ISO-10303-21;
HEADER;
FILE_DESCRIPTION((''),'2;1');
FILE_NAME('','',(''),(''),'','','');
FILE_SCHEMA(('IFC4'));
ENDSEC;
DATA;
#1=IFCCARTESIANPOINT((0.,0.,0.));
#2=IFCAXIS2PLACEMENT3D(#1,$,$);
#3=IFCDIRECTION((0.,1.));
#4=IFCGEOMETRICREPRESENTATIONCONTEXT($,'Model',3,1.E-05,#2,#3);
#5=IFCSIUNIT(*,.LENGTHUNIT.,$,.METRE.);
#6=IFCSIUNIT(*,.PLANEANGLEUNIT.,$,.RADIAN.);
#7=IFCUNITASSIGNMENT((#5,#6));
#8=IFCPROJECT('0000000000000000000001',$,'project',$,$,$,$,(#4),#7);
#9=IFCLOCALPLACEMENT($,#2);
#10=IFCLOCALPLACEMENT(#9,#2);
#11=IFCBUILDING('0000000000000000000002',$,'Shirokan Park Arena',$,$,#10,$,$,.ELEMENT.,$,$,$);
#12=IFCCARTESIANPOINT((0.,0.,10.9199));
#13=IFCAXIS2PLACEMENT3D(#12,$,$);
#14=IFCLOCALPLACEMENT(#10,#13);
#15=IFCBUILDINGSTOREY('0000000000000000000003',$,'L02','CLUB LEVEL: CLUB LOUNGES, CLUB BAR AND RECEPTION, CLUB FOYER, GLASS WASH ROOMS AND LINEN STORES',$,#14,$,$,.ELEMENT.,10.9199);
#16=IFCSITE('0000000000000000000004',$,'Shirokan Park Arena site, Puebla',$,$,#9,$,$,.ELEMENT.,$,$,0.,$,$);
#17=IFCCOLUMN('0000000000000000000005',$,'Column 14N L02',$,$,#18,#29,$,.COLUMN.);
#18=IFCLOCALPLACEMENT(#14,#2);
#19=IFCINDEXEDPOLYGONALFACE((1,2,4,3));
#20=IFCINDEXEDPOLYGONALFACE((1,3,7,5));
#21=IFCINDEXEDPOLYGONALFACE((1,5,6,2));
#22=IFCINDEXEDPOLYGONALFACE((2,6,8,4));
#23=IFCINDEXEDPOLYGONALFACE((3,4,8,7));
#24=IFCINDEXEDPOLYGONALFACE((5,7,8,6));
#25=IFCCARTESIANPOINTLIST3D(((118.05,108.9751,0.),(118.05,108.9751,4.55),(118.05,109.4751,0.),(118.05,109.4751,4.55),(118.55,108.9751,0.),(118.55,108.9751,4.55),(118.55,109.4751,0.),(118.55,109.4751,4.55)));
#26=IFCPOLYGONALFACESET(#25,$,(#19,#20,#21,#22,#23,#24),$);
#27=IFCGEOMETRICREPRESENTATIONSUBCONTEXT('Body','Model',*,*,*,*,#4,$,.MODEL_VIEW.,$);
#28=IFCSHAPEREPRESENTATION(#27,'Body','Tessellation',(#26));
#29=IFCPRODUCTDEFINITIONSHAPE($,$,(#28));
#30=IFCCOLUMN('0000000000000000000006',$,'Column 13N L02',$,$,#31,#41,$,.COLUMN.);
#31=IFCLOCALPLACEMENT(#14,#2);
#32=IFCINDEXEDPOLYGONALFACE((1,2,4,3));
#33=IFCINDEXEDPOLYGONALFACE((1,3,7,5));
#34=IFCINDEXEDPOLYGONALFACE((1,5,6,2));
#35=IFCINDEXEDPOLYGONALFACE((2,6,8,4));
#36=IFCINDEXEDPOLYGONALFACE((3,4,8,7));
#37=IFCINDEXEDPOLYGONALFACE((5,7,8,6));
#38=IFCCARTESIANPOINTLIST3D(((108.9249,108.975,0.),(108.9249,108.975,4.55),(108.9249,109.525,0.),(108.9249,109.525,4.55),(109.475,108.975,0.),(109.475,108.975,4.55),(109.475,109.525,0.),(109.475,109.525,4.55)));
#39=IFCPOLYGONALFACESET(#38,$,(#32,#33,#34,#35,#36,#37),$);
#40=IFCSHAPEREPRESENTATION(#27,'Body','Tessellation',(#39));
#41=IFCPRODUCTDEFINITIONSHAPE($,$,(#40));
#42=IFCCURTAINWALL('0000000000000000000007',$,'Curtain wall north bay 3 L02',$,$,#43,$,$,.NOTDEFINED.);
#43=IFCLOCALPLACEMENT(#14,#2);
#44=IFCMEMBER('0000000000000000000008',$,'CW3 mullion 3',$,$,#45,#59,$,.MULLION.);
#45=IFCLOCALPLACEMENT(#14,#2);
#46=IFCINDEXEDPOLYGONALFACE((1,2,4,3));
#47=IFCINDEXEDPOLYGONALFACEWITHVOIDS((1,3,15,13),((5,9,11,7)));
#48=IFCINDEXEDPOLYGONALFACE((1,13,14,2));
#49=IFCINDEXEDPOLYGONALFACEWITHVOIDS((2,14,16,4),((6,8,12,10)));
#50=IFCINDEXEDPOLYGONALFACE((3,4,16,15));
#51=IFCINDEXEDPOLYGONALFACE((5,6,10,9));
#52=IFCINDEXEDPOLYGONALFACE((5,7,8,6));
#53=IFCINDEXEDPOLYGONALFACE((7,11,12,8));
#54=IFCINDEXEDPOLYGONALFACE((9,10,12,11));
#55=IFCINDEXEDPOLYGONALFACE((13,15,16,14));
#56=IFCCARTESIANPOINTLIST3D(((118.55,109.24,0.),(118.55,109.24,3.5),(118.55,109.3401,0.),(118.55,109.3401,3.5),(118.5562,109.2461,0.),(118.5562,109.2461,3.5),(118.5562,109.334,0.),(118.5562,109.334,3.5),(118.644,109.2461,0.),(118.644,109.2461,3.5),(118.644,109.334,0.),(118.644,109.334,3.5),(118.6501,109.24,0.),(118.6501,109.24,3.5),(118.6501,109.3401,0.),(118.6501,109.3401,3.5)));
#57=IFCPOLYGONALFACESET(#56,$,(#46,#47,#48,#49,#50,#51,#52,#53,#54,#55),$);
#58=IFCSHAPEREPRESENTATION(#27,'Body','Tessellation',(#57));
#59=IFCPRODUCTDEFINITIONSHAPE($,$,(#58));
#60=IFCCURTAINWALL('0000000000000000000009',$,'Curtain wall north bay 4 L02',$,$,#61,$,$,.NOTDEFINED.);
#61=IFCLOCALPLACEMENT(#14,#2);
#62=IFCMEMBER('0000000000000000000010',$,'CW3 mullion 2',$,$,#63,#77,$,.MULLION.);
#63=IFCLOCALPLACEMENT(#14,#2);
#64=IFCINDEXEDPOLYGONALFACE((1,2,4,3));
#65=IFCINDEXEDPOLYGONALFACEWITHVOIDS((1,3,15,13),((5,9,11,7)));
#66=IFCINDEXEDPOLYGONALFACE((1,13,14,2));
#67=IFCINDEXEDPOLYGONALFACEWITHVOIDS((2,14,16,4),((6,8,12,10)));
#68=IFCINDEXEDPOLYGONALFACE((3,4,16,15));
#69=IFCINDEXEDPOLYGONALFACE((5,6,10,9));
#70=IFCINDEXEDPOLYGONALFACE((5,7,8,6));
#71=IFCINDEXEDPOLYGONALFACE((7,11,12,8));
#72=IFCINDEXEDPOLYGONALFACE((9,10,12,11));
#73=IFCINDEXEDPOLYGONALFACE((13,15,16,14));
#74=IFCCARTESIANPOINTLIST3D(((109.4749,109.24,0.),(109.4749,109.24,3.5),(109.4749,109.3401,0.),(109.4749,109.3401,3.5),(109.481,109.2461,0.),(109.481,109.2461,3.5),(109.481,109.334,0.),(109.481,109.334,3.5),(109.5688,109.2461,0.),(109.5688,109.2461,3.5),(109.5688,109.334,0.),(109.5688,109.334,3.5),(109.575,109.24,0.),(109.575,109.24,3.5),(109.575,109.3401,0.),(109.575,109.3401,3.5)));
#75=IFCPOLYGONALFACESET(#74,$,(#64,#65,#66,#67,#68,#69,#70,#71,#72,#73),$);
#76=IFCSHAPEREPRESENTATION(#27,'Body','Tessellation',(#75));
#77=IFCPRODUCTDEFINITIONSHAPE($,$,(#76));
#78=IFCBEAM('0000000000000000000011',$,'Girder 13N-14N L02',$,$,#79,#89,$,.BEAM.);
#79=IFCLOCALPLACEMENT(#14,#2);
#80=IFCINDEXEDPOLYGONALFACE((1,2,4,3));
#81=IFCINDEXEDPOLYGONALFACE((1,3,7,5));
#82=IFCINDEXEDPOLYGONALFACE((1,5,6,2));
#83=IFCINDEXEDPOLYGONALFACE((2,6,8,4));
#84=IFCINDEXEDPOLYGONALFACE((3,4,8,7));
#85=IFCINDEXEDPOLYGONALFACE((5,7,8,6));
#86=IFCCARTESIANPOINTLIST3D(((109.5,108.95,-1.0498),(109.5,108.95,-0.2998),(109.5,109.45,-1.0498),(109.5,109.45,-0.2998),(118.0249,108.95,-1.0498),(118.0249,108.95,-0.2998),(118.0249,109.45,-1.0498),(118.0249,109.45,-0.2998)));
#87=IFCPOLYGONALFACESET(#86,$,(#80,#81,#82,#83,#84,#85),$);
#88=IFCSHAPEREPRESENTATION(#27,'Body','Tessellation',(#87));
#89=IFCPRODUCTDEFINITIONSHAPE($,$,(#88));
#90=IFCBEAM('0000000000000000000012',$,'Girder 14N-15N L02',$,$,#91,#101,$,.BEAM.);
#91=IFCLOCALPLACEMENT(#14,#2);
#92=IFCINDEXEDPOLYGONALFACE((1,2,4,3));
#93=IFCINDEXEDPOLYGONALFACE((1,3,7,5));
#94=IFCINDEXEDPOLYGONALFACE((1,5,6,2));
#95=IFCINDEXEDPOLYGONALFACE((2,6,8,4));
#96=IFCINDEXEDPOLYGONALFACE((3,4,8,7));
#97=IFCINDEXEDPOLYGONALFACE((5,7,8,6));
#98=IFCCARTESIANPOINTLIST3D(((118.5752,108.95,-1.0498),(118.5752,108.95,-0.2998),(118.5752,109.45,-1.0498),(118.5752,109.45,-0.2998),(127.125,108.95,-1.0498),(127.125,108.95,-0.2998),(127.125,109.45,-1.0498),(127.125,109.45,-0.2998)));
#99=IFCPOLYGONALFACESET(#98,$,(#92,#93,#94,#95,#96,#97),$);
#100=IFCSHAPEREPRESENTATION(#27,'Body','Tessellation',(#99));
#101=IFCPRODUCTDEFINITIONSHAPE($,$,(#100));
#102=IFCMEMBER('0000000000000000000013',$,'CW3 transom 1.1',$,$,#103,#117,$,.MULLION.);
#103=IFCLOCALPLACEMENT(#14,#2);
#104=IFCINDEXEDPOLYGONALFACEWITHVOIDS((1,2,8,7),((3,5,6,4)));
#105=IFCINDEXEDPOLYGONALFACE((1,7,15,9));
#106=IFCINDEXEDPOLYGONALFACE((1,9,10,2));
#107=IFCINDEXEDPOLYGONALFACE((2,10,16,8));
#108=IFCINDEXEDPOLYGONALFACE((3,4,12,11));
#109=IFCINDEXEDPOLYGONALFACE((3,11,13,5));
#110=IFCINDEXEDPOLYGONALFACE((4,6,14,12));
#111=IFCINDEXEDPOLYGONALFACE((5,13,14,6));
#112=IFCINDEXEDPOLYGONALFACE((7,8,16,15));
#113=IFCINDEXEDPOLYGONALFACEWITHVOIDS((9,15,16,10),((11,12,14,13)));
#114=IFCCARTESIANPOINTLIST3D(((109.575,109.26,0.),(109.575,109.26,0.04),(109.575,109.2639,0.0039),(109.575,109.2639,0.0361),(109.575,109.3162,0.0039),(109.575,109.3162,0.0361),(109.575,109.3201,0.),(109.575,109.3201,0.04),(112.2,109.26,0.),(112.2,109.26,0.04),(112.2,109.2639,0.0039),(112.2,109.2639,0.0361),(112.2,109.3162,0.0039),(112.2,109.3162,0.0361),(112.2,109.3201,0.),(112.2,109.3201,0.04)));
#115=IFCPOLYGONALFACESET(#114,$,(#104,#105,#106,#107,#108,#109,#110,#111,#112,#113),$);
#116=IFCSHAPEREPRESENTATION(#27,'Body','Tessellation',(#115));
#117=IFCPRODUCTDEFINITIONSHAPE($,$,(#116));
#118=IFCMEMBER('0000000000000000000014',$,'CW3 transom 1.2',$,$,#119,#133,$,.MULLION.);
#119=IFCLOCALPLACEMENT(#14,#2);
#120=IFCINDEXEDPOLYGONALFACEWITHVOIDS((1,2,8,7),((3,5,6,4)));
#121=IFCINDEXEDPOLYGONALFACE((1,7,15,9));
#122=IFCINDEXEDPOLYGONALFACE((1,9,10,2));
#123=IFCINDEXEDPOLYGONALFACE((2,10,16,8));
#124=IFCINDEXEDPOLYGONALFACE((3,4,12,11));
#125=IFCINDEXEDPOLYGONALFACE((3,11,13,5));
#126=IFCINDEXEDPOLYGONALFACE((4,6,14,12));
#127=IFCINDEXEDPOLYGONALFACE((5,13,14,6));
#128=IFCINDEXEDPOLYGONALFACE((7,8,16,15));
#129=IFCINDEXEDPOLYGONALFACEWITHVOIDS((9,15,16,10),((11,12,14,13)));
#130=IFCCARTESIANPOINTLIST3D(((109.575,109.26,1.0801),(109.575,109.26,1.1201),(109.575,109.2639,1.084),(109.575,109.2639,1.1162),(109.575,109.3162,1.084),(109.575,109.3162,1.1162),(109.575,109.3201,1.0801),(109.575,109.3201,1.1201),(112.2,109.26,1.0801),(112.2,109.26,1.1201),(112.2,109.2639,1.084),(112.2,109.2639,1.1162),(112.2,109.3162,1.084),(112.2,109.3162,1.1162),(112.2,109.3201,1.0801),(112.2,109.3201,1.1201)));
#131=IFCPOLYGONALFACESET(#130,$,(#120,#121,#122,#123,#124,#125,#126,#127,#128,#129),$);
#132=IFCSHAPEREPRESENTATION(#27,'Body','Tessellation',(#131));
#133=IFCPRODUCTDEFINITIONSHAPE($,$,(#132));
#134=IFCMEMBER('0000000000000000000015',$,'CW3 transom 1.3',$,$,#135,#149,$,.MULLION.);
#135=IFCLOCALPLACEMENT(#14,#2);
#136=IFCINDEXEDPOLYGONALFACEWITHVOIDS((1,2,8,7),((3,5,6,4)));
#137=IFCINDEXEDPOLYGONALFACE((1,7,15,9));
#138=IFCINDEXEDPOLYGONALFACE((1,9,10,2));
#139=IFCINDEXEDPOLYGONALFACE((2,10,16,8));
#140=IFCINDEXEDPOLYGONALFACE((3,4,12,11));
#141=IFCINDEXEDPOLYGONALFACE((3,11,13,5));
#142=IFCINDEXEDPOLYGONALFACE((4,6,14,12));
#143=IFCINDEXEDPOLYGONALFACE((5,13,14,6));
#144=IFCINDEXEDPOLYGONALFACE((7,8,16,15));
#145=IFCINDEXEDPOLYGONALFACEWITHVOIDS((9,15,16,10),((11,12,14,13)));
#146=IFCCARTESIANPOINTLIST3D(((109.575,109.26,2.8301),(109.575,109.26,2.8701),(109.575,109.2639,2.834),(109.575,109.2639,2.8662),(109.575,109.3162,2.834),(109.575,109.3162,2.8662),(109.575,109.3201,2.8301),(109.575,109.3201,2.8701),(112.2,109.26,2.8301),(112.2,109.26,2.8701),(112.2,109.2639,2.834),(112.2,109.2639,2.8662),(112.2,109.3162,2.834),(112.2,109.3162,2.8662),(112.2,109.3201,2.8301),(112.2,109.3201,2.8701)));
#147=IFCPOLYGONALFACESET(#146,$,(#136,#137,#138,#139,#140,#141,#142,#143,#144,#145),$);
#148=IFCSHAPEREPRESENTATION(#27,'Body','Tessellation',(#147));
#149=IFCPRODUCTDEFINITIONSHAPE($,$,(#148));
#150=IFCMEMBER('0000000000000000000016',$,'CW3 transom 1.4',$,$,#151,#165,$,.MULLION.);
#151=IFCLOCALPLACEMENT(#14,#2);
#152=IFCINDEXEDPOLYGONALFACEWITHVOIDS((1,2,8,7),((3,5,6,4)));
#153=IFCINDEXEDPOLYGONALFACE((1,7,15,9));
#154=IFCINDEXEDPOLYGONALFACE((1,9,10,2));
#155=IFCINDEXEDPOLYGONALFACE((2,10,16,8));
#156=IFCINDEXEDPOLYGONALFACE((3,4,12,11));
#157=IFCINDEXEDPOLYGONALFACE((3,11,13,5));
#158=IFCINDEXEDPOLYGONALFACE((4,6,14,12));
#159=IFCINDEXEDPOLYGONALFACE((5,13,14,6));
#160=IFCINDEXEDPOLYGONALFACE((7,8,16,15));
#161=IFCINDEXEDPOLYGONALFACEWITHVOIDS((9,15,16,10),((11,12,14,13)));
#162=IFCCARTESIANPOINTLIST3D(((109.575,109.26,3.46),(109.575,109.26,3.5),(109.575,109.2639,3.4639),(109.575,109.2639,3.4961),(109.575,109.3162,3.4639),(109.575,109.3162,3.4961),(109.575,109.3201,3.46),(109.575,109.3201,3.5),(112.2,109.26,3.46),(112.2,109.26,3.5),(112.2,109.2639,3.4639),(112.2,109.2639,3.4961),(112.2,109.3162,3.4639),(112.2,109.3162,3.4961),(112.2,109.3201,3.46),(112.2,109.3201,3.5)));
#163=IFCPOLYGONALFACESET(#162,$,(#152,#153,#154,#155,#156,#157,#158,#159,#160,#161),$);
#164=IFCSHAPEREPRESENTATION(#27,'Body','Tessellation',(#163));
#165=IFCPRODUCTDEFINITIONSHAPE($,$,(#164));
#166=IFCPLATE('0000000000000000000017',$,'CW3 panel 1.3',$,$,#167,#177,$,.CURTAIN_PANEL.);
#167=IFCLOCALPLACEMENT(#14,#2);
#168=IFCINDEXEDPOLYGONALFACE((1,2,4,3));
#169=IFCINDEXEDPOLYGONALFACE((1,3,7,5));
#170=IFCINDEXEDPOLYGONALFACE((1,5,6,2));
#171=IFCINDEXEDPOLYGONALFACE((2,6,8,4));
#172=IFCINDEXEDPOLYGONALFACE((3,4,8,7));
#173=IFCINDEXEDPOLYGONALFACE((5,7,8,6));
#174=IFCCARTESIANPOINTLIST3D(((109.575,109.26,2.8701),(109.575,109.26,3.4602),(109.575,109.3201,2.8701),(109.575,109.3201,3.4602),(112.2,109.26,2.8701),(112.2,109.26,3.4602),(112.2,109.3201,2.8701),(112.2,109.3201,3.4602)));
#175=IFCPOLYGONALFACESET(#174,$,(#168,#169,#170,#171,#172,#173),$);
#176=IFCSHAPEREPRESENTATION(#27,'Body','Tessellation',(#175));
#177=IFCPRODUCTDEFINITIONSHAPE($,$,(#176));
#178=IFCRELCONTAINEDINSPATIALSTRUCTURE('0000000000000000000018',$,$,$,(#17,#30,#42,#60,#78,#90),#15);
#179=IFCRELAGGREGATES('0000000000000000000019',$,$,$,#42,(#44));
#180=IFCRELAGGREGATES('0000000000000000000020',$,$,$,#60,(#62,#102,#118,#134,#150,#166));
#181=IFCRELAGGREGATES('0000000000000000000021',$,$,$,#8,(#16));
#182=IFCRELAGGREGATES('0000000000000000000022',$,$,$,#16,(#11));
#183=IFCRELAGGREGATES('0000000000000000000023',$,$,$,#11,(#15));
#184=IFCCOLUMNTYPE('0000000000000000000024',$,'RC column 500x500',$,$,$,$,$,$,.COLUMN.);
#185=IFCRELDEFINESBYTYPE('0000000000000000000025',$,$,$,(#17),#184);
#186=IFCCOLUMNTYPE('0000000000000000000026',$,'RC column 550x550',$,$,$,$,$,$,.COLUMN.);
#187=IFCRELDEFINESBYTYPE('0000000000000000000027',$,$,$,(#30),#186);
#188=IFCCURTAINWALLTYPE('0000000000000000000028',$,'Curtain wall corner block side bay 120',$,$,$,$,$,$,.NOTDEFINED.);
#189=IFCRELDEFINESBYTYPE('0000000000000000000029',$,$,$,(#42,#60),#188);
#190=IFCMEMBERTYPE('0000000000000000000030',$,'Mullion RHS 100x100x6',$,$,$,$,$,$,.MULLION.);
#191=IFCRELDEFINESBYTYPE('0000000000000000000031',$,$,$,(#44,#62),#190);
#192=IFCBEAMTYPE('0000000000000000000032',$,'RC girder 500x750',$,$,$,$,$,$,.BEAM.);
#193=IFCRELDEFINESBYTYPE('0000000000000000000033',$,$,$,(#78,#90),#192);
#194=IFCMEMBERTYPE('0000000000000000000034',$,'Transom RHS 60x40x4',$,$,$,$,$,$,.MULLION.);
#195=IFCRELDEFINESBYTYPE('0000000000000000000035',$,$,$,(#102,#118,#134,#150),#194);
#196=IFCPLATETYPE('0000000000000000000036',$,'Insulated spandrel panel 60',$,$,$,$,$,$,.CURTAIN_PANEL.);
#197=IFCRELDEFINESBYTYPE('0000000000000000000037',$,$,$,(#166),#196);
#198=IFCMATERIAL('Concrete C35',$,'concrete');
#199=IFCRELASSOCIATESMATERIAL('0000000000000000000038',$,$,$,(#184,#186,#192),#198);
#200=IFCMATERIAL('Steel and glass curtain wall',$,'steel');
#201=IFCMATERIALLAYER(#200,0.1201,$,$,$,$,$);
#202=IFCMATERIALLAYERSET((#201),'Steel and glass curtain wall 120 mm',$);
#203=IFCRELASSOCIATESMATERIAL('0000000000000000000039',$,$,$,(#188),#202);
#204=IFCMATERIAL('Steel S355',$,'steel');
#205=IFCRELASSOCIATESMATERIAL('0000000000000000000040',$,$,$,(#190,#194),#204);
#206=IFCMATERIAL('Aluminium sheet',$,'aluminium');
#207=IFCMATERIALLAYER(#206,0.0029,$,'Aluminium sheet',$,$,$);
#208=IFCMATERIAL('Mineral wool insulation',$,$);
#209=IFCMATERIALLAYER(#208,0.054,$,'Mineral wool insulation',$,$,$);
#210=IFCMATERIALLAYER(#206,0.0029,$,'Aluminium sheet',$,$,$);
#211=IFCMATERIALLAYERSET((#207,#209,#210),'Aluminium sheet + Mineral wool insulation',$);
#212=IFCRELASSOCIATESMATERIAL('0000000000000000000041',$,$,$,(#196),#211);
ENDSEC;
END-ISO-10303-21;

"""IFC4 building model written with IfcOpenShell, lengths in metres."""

from ifc_helpers import new_model, si_unit, direction, frame, origin, origin_2d, place, context, subcontext, project, spatial, rectangle, hollow_rectangle, extrude, material, layer, layer_set, material_profile, profile_set, type_object, element, aggregate, save


model = new_model("IFC4")

# Units and contexts
model_context = context("Model", 3, precision=1e-05, world=origin(), true_north=direction((0.0, 1.0)))
body_context = subcontext(model_context, "Body", "Model", "MODEL_VIEW")
ifc_project = project(units=[si_unit("LENGTHUNIT", "METRE"), si_unit("PLANEANGLEUNIT", "RADIAN")], contexts=[model_context])

# Site, building, storey
site_placement = place(None, origin())
site = spatial("IfcSite", under=ifc_project, at=site_placement, Name="Shirokan Park Arena site, Puebla", CompositionType="ELEMENT", RefElevation=0.0)
building_placement = place(site_placement, origin())
building = spatial("IfcBuilding", under=site, at=building_placement, Name="Shirokan Park Arena", CompositionType="ELEMENT")
storey_placement = place(building_placement, frame((0.0, 0.0, 10.9199)))
storey = spatial("IfcBuildingStorey", under=building, at=storey_placement, Name="L02", Description="CLUB LEVEL: CLUB LOUNGES, CLUB BAR AND RECEPTION, CLUB FOYER, GLASS WASH ROOMS AND LINEN STORES", CompositionType="ELEMENT", Elevation=10.9199)

# Columns
ifc_material_1 = material(Name="Concrete C35", Category="concrete")
ifc_material_profile_1 = material_profile(ifc_material_1, rectangle(XDim=0.5, YDim=0.5, at=origin_2d()), Name="500x500")
ifc_profile_set_1 = profile_set([ifc_material_profile_1], Name="Concrete C35")
column_type_1 = type_object("IfcColumnType", Name="RC column 500x500", PredefinedType="COLUMN", material=ifc_profile_set_1)
column_1_placement = place(storey_placement, frame((118.3, 109.2251, 0.0), z_axis=(0.0, 0.0, 1.0), x_axis=(1.0, 0.0, 0.0)))
element("IfcColumn", 1, at=column_1_placement, inside=storey, type_object=column_type_1, Name="Column 14N L02", PredefinedType="COLUMN", context=body_context, shape_type="SweptSolid", body=[
    extrude(rectangle(XDim=0.5, YDim=0.5, at=origin_2d()), origin(), (0.0, 0.0, 1.0), 4.55),
])
ifc_material_profile_2 = material_profile(ifc_material_1, rectangle(XDim=0.55, YDim=0.55, at=origin_2d()), Name="550x550")
ifc_profile_set_2 = profile_set([ifc_material_profile_2], Name="Concrete C35")
column_type_2 = type_object("IfcColumnType", Name="RC column 550x550", PredefinedType="COLUMN", material=ifc_profile_set_2)
column_2_placement = place(storey_placement, frame((109.2, 109.25, 0.0), z_axis=(0.0, 0.0, 1.0), x_axis=(1.0, 0.0, 0.0)))
element("IfcColumn", 2, at=column_2_placement, inside=storey, type_object=column_type_2, Name="Column 13N L02", PredefinedType="COLUMN", context=body_context, shape_type="SweptSolid", body=[
    extrude(rectangle(XDim=0.55, YDim=0.55, at=origin_2d()), origin(), (0.0, 0.0, 1.0), 4.55),
])

# Curtain walls, members
ifc_material_2 = material(Name="Steel and glass curtain wall", Category="steel")
ifc_layer_1 = layer(ifc_material_2, 0.1201)
ifc_layer_set_1 = layer_set([ifc_layer_1], Name="Steel and glass curtain wall 120 mm")
curtain_wall_type = type_object("IfcCurtainWallType", Name="Curtain wall corner block side bay 120", PredefinedType="NOTDEFINED", material=ifc_layer_set_1)
curtain_wall_1_placement = place(storey_placement, origin())
curtain_wall_1 = element("IfcCurtainWall", 3, at=curtain_wall_1_placement, inside=storey, type_object=curtain_wall_type, Name="Curtain wall north bay 3 L02", PredefinedType="NOTDEFINED")
ifc_material_3 = material(Name="Steel S355", Category="steel")
ifc_material_profile_3 = material_profile(ifc_material_3, hollow_rectangle(XDim=0.1001, YDim=0.1001, WallThickness=0.0061, at=origin_2d()), Name="RHS 100x100x6")
ifc_profile_set_3 = profile_set([ifc_material_profile_3], Name="Steel S355")
member_type_1 = type_object("IfcMemberType", Name="Mullion RHS 100x100x6", PredefinedType="MULLION", material=ifc_profile_set_3)
member_1_placement = place(storey_placement, frame((118.6001, 109.29, 0.0), z_axis=(0.0, 0.0, 1.0), x_axis=(0.0, -1.0, 0.0)))
member_1 = element("IfcMember", 4, at=member_1_placement, type_object=member_type_1, Name="CW3 mullion 3", PredefinedType="MULLION", context=body_context, shape_type="SweptSolid", body=[
    extrude(hollow_rectangle(XDim=0.1001, YDim=0.1001, WallThickness=0.0061, at=origin_2d()), origin(), (0.0, 0.0, 1.0), 3.5),
])
curtain_wall_2_placement = place(storey_placement, origin())
curtain_wall_2 = element("IfcCurtainWall", 5, at=curtain_wall_2_placement, inside=storey, type_object=curtain_wall_type, Name="Curtain wall north bay 4 L02", PredefinedType="NOTDEFINED")
member_2_placement = place(storey_placement, frame((109.5249, 109.29, 0.0), z_axis=(0.0, 0.0, 1.0), x_axis=(0.0, -1.0, 0.0)))
member_2 = element("IfcMember", 6, at=member_2_placement, type_object=member_type_1, Name="CW3 mullion 2", PredefinedType="MULLION", context=body_context, shape_type="SweptSolid", body=[
    extrude(hollow_rectangle(XDim=0.1001, YDim=0.1001, WallThickness=0.0061, at=origin_2d()), origin(), (0.0, 0.0, 1.0), 3.5),
])

# Beams
ifc_material_profile_4 = material_profile(ifc_material_1, rectangle(XDim=0.5, YDim=0.75, at=origin_2d()), Name="500x750")
ifc_profile_set_4 = profile_set([ifc_material_profile_4], Name="Concrete C35")
beam_type = type_object("IfcBeamType", Name="RC girder 500x750", PredefinedType="BEAM", material=ifc_profile_set_4)
beam_1_placement = place(storey_placement, frame((109.5, 109.2, -0.6748), z_axis=(1.0, 0.0, 0.0), x_axis=(0.0, 1.0, 0.0)))
element("IfcBeam", 7, at=beam_1_placement, inside=storey, type_object=beam_type, Name="Girder 13N-14N L02", PredefinedType="BEAM", context=body_context, shape_type="SweptSolid", body=[
    extrude(rectangle(XDim=0.5, YDim=0.75, at=origin_2d()), origin(), (0.0, 0.0, 1.0), 8.5249),
])
beam_2_placement = place(storey_placement, frame((118.5752, 109.2, -0.6748), z_axis=(1.0, 0.0, 0.0), x_axis=(0.0, 1.0, 0.0)))
element("IfcBeam", 8, at=beam_2_placement, inside=storey, type_object=beam_type, Name="Girder 14N-15N L02", PredefinedType="BEAM", context=body_context, shape_type="SweptSolid", body=[
    extrude(rectangle(XDim=0.5, YDim=0.75, at=origin_2d()), origin(), (0.0, 0.0, 1.0), 8.5498),
])

# Members
ifc_material_profile_5 = material_profile(ifc_material_3, hollow_rectangle(XDim=0.0601, YDim=0.04, WallThickness=0.0039, at=origin_2d()), Name="RHS 60x40x4")
ifc_profile_set_5 = profile_set([ifc_material_profile_5], Name="Steel S355")
member_type_2 = type_object("IfcMemberType", Name="Transom RHS 60x40x4", PredefinedType="MULLION", material=ifc_profile_set_5)
member_3_placement = place(storey_placement, frame((112.2, 109.29, 0.02), z_axis=(-1.0, 0.0, 0.0), x_axis=(0.0, -1.0, 0.0)))
member_3 = element("IfcMember", 9, at=member_3_placement, type_object=member_type_2, Name="CW3 transom 1.1", PredefinedType="MULLION", context=body_context, shape_type="SweptSolid", body=[
    extrude(hollow_rectangle(XDim=0.0601, YDim=0.04, WallThickness=0.0039, at=origin_2d()), origin(), (0.0, 0.0, 1.0), 2.625),
])
member_4_placement = place(storey_placement, frame((112.2, 109.29, 1.1001), z_axis=(-1.0, 0.0, 0.0), x_axis=(0.0, -1.0, 0.0)))
member_4 = element("IfcMember", 10, at=member_4_placement, type_object=member_type_2, Name="CW3 transom 1.2", PredefinedType="MULLION", context=body_context, shape_type="SweptSolid", body=[
    extrude(hollow_rectangle(XDim=0.0601, YDim=0.04, WallThickness=0.0039, at=origin_2d()), origin(), (0.0, 0.0, 1.0), 2.625),
])
member_5_placement = place(storey_placement, frame((112.2, 109.29, 2.8501), z_axis=(-1.0, 0.0, 0.0), x_axis=(0.0, -1.0, 0.0)))
member_5 = element("IfcMember", 11, at=member_5_placement, type_object=member_type_2, Name="CW3 transom 1.3", PredefinedType="MULLION", context=body_context, shape_type="SweptSolid", body=[
    extrude(hollow_rectangle(XDim=0.0601, YDim=0.04, WallThickness=0.0039, at=origin_2d()), origin(), (0.0, 0.0, 1.0), 2.625),
])
member_6_placement = place(storey_placement, frame((112.2, 109.29, 3.48), z_axis=(-1.0, 0.0, 0.0), x_axis=(0.0, -1.0, 0.0)))
member_6 = element("IfcMember", 12, at=member_6_placement, type_object=member_type_2, Name="CW3 transom 1.4", PredefinedType="MULLION", context=body_context, shape_type="SweptSolid", body=[
    extrude(hollow_rectangle(XDim=0.0601, YDim=0.04, WallThickness=0.0039, at=origin_2d()), origin(), (0.0, 0.0, 1.0), 2.625),
])

# Plate
ifc_material_4 = material(Name="Aluminium sheet", Category="aluminium")
ifc_layer_2 = layer(ifc_material_4, 0.0029, Name="Aluminium sheet")
ifc_material_5 = material(Name="Mineral wool insulation")
ifc_layer_3 = layer(ifc_material_5, 0.054, Name="Mineral wool insulation")
ifc_layer_4 = layer(ifc_material_4, 0.0029, Name="Aluminium sheet")
ifc_layer_set_2 = layer_set([ifc_layer_2, ifc_layer_3, ifc_layer_4], Name="Aluminium sheet + Mineral wool insulation")
plate_type_1 = type_object("IfcPlateType", Name="Insulated spandrel panel 60", PredefinedType="CURTAIN_PANEL", material=ifc_layer_set_2)
plate_1_placement = place(storey_placement, frame((110.8875, 109.29, 2.8701), z_axis=(0.0, 0.0, 1.0), x_axis=(-1.0, 0.0, 0.0)))
plate_1 = element("IfcPlate", 13, at=plate_1_placement, type_object=plate_type_1, Name="CW3 panel 1.3", PredefinedType="CURTAIN_PANEL", context=body_context, shape_type="SweptSolid", body=[
    extrude(rectangle(XDim=2.625, YDim=0.0601, at=origin_2d()), origin(), (0.0, 0.0, 1.0), 0.5901),
])
aggregate(curtain_wall_1, [member_1])
aggregate(curtain_wall_2, [member_2, member_3, member_4, member_5, member_6, plate_1])

save(model, "model.ifc")
